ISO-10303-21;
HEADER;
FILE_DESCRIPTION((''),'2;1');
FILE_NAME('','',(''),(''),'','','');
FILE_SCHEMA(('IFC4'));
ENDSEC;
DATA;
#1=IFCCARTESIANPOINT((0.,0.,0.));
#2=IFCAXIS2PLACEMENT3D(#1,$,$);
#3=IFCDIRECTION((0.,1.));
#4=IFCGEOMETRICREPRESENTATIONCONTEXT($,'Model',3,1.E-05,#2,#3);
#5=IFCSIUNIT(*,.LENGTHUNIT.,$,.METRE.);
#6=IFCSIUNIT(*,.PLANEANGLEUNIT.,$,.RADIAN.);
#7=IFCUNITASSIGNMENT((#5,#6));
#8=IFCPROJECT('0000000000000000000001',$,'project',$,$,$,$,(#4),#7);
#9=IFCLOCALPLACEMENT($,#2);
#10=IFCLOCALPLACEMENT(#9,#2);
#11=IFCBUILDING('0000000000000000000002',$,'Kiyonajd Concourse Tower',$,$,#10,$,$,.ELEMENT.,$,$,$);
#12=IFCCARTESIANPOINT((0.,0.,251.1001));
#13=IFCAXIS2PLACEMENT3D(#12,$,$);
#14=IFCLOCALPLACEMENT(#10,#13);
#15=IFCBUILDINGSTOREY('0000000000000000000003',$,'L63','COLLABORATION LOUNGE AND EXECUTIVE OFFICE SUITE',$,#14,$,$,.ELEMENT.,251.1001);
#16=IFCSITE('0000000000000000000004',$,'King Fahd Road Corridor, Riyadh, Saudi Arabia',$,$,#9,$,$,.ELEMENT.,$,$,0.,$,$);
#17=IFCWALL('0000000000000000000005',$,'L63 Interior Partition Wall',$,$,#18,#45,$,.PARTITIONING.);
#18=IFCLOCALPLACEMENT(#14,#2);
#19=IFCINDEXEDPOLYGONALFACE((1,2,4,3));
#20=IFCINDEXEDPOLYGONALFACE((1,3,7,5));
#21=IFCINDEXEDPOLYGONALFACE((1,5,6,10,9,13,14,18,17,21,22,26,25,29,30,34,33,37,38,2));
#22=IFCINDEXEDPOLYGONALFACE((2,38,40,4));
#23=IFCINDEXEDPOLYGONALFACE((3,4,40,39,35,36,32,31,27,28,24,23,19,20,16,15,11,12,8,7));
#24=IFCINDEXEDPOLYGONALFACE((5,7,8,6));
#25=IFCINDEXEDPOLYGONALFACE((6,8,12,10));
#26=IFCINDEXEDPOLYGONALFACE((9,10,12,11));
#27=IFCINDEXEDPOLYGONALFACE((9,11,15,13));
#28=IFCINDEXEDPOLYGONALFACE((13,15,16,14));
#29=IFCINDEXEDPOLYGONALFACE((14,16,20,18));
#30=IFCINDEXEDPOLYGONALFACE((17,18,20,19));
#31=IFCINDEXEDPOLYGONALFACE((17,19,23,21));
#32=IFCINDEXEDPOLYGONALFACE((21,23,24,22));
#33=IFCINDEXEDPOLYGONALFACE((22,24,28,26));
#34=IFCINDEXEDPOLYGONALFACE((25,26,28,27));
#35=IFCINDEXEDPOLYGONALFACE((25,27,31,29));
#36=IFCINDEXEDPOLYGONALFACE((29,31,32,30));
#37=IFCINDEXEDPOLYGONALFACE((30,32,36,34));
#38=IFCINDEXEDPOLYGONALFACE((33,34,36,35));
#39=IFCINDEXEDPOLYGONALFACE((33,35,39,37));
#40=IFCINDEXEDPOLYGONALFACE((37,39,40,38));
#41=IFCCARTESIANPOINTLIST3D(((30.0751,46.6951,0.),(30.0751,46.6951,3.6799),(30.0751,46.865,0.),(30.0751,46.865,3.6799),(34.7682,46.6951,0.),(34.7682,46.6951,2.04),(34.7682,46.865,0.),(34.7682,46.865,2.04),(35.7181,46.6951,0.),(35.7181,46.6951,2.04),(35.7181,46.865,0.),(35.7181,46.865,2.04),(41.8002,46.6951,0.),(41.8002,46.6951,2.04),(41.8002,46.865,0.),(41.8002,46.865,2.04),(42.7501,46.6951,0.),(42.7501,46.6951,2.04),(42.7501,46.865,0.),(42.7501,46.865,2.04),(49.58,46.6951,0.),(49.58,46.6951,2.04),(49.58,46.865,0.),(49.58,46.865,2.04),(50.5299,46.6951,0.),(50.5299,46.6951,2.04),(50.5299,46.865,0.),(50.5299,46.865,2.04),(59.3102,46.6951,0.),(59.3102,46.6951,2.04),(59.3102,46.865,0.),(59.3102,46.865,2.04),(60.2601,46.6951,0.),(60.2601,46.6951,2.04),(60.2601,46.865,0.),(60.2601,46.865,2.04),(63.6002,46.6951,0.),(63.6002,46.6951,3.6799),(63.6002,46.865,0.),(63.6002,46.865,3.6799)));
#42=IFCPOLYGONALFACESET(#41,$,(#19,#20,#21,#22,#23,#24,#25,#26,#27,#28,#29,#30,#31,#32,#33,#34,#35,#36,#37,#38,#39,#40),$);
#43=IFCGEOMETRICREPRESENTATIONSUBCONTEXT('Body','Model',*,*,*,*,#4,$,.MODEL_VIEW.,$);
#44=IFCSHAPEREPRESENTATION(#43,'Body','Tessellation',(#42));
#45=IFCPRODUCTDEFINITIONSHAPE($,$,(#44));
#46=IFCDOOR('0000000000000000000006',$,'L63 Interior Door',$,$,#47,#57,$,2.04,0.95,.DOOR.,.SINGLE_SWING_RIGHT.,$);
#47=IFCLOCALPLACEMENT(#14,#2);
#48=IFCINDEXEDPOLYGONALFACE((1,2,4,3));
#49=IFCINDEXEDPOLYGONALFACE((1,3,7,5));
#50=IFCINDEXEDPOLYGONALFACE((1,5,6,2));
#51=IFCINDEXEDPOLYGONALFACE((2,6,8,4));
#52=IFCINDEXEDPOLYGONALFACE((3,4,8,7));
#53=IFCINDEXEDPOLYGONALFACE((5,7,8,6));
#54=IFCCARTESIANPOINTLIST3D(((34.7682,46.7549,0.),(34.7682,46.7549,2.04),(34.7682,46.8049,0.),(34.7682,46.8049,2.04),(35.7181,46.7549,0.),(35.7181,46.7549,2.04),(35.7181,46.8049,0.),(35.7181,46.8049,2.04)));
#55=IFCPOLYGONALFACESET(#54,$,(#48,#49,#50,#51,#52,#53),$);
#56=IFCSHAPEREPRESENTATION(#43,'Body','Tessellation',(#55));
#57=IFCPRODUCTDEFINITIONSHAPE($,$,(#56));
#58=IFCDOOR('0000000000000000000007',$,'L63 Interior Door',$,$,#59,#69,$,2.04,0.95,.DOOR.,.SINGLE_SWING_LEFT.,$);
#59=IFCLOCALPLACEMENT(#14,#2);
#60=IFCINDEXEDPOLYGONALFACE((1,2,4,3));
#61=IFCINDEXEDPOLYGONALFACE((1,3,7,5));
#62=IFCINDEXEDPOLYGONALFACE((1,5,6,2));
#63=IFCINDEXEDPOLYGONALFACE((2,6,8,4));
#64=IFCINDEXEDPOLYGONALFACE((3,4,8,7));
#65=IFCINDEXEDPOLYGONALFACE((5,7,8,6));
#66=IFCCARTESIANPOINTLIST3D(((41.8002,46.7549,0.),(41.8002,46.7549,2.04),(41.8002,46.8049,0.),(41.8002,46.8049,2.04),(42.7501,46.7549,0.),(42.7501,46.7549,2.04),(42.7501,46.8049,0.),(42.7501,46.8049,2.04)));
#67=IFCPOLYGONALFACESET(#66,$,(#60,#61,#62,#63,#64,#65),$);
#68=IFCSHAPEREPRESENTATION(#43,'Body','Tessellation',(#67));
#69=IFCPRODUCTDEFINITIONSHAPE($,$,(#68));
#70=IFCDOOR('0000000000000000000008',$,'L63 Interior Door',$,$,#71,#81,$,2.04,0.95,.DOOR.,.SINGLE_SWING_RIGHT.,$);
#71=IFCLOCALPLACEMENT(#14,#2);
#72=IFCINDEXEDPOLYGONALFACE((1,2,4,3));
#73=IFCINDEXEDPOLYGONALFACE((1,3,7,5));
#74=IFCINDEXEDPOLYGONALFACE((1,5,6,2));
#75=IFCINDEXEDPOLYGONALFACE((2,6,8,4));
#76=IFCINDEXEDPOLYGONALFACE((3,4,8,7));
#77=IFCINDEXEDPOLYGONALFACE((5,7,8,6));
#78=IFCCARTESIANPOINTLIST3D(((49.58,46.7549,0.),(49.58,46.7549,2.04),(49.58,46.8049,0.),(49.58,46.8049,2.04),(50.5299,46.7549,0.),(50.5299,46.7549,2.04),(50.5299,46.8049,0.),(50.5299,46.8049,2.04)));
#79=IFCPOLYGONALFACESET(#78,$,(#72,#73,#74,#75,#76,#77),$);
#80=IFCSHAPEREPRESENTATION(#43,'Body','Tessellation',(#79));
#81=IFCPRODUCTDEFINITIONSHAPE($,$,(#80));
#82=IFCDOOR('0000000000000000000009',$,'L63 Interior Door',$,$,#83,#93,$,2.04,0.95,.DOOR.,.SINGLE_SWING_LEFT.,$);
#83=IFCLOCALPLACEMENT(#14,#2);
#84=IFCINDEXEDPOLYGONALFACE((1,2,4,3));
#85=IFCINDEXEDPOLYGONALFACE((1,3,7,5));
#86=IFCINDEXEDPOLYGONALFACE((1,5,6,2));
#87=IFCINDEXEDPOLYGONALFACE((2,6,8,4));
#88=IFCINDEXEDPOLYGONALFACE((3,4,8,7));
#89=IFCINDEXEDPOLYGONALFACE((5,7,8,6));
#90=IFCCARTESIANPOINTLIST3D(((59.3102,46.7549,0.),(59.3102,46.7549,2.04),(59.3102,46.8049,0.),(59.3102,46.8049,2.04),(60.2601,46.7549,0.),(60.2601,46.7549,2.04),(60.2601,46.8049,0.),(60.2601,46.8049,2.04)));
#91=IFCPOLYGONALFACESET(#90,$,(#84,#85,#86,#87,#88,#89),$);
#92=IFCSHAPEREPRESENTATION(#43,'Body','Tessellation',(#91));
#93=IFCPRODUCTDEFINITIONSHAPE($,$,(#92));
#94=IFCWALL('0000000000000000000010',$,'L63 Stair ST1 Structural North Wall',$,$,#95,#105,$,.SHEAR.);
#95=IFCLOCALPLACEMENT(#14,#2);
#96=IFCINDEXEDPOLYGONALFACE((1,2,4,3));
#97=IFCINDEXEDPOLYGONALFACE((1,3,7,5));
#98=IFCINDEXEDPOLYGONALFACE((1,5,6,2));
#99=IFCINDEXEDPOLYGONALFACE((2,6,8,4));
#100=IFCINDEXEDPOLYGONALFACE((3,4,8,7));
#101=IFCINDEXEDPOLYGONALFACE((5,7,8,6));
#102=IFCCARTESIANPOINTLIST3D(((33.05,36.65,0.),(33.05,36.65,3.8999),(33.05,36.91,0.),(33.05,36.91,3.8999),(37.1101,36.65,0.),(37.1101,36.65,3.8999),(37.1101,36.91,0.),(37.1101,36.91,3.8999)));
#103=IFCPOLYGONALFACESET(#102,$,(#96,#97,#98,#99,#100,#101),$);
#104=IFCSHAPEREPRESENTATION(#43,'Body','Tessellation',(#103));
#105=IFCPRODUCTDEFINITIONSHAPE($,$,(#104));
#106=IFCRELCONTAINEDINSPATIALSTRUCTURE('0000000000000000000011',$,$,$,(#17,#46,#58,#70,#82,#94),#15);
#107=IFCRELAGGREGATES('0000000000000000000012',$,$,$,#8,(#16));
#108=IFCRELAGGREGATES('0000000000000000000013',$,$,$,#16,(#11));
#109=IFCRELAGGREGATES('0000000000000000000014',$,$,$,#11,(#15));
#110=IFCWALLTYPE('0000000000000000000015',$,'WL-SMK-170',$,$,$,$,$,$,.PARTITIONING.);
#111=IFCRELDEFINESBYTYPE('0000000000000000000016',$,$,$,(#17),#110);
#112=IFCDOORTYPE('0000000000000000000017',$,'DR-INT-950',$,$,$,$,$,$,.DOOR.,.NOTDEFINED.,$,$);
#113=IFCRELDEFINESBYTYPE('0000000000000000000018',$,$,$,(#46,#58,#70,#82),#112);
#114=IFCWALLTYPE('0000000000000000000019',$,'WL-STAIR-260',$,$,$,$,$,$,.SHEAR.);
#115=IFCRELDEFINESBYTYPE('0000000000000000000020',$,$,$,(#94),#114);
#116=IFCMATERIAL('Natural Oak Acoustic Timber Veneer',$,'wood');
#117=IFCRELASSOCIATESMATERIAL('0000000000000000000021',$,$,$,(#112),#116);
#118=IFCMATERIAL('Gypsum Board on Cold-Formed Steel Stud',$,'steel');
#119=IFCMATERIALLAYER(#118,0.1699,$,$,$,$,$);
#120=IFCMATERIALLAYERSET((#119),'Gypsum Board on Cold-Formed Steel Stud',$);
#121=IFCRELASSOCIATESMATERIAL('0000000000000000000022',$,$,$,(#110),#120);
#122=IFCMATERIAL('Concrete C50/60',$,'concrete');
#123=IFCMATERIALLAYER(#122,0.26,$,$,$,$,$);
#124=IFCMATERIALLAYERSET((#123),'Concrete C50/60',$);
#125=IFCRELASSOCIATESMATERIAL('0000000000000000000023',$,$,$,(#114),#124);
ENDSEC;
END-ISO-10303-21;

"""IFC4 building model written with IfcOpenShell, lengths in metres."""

from ifc_helpers import new_model, si_unit, direction, frame, frame_2d, origin, place, context, subcontext, project, spatial, rectangle, extrude, material, layer, layer_set, type_object, element, fill, save


model = new_model("IFC4")

# Units and contexts
model_context = context("Model", 3, precision=1e-05, world=origin(), true_north=direction((0.0, 1.0)))
body_context = subcontext(model_context, "Body", "Model", "MODEL_VIEW")
ifc_project = project(units=[si_unit("LENGTHUNIT", "METRE"), si_unit("PLANEANGLEUNIT", "RADIAN")], contexts=[model_context])

# Site, building, storey
site_placement = place(None, origin())
site = spatial("IfcSite", under=ifc_project, at=site_placement, Name="King Fahd Road Corridor, Riyadh, Saudi Arabia", CompositionType="ELEMENT", RefElevation=0.0)
building_placement = place(site_placement, origin())
building = spatial("IfcBuilding", under=site, at=building_placement, Name="Kiyonajd Concourse Tower", CompositionType="ELEMENT")
storey_placement = place(building_placement, frame((0.0, 0.0, 251.1001)))
storey = spatial("IfcBuildingStorey", under=building, at=storey_placement, Name="L63", Description="COLLABORATION LOUNGE AND EXECUTIVE OFFICE SUITE", CompositionType="ELEMENT", Elevation=251.1001)

# Shared definitions
ifc_material_1 = material(Name="Natural Oak Acoustic Timber Veneer", Category="wood")
door_type_1 = type_object("IfcDoorType", Name="DR-INT-950", OperationType="NOTDEFINED", PredefinedType="DOOR", material=ifc_material_1)

# Shared definitions
ifc_material_2 = material(Name="Gypsum Board on Cold-Formed Steel Stud", Category="steel")

# Shared definitions
ifc_layer_1 = layer(ifc_material_2, 0.1699)
ifc_layer_set_1 = layer_set([ifc_layer_1], Name="Gypsum Board on Cold-Formed Steel Stud")
wall_type_1 = type_object("IfcWallType", Name="WL-SMK-170", PredefinedType="PARTITIONING", material=ifc_layer_set_1)

# Wall, openings, doors
wall_1_placement = place(storey_placement, frame((30.075, 46.78, 0.0), z_axis=(0.0, 0.0, 1.0), x_axis=(1.0, 0.0, 0.0)))
wall_1 = element("IfcWall", 1, at=wall_1_placement, inside=storey, type_object=wall_type_1, Name="L63 Interior Partition Wall", PredefinedType="PARTITIONING", context=body_context, shape_type="SweptSolid", body=[
    extrude(rectangle(XDim=33.5251, YDim=0.1699, at=frame_2d((16.7627, 0.0))), origin(), (0.0, 0.0, 1.0), 3.6799),
])
opening_1_placement = place(wall_1_placement, frame((4.6931, 0.0, 0.0)))
opening_1 = element("IfcOpeningElement", 2, at=opening_1_placement, cuts=wall_1, PredefinedType="OPENING", context=body_context, shape_type="SweptSolid", body=[
    extrude(rectangle(XDim=0.95, YDim=2.04, at=frame_2d((0.4751, 1.02))), frame((0.0, 0.095, 0.0), z_axis=(0.0, -1.0, 0.0), x_axis=(1.0, 0.0, 0.0)), (0.0, 0.0, 1.0), 0.1899),
])
opening_2_placement = place(wall_1_placement, frame((11.7251, 0.0, 0.0)))
opening_2 = element("IfcOpeningElement", 3, at=opening_2_placement, cuts=wall_1, PredefinedType="OPENING", context=body_context, shape_type="SweptSolid", body=[
    extrude(rectangle(XDim=0.95, YDim=2.04, at=frame_2d((0.4751, 1.02))), frame((0.0, 0.095, 0.0), z_axis=(0.0, -1.0, 0.0), x_axis=(1.0, 0.0, 0.0)), (0.0, 0.0, 1.0), 0.1899),
])
opening_3_placement = place(wall_1_placement, frame((19.5049, 0.0, 0.0)))
opening_3 = element("IfcOpeningElement", 4, at=opening_3_placement, cuts=wall_1, PredefinedType="OPENING", context=body_context, shape_type="SweptSolid", body=[
    extrude(rectangle(XDim=0.95, YDim=2.04, at=frame_2d((0.4751, 1.02))), frame((0.0, 0.095, 0.0), z_axis=(0.0, -1.0, 0.0), x_axis=(1.0, 0.0, 0.0)), (0.0, 0.0, 1.0), 0.1899),
])
opening_4_placement = place(wall_1_placement, frame((29.2351, 0.0, 0.0)))
opening_4 = element("IfcOpeningElement", 5, at=opening_4_placement, cuts=wall_1, PredefinedType="OPENING", context=body_context, shape_type="SweptSolid", body=[
    extrude(rectangle(XDim=0.95, YDim=2.04, at=frame_2d((0.4751, 1.02))), frame((0.0, 0.095, 0.0), z_axis=(0.0, -1.0, 0.0), x_axis=(1.0, 0.0, 0.0)), (0.0, 0.0, 1.0), 0.1899),
])
door_1_placement = place(opening_1_placement, origin())
door_1 = element("IfcDoor", 6, at=door_1_placement, inside=storey, type_object=door_type_1, Name="L63 Interior Door", OperationType="SINGLE_SWING_RIGHT", OverallHeight=2.04, OverallWidth=0.95, PredefinedType="DOOR", context=body_context, shape_type="SweptSolid", body=[
    extrude(rectangle(XDim=0.95, YDim=2.04, at=frame_2d((0.4751, 1.02))), frame((0.0, 0.0249, 0.0), z_axis=(0.0, -1.0, 0.0), x_axis=(1.0, 0.0, 0.0)), (0.0, 0.0, 1.0), 0.05),
])
fill(opening_1, door_1)
door_2_placement = place(opening_2_placement, origin())
door_2 = element("IfcDoor", 7, at=door_2_placement, inside=storey, type_object=door_type_1, Name="L63 Interior Door", OperationType="SINGLE_SWING_LEFT", OverallHeight=2.04, OverallWidth=0.95, PredefinedType="DOOR", context=body_context, shape_type="SweptSolid", body=[
    extrude(rectangle(XDim=0.95, YDim=2.04, at=frame_2d((0.4751, 1.02))), frame((0.0, 0.0249, 0.0), z_axis=(0.0, -1.0, 0.0), x_axis=(1.0, 0.0, 0.0)), (0.0, 0.0, 1.0), 0.05),
])
fill(opening_2, door_2)
door_3_placement = place(opening_3_placement, origin())
door_3 = element("IfcDoor", 8, at=door_3_placement, inside=storey, type_object=door_type_1, Name="L63 Interior Door", OperationType="SINGLE_SWING_RIGHT", OverallHeight=2.04, OverallWidth=0.95, PredefinedType="DOOR", context=body_context, shape_type="SweptSolid", body=[
    extrude(rectangle(XDim=0.95, YDim=2.04, at=frame_2d((0.4751, 1.02))), frame((0.0, 0.0249, 0.0), z_axis=(0.0, -1.0, 0.0), x_axis=(1.0, 0.0, 0.0)), (0.0, 0.0, 1.0), 0.05),
])
fill(opening_3, door_3)
door_4_placement = place(opening_4_placement, origin())
door_4 = element("IfcDoor", 9, at=door_4_placement, inside=storey, type_object=door_type_1, Name="L63 Interior Door", OperationType="SINGLE_SWING_LEFT", OverallHeight=2.04, OverallWidth=0.95, PredefinedType="DOOR", context=body_context, shape_type="SweptSolid", body=[
    extrude(rectangle(XDim=0.95, YDim=2.04, at=frame_2d((0.4751, 1.02))), frame((0.0, 0.0249, 0.0), z_axis=(0.0, -1.0, 0.0), x_axis=(1.0, 0.0, 0.0)), (0.0, 0.0, 1.0), 0.05),
])
fill(opening_4, door_4)

# Wall
ifc_material_3 = material(Name="Concrete C50/60", Category="concrete")
ifc_layer_2 = layer(ifc_material_3, 0.26)
ifc_layer_set_2 = layer_set([ifc_layer_2], Name="Concrete C50/60")
wall_type_2 = type_object("IfcWallType", Name="WL-STAIR-260", PredefinedType="SHEAR", material=ifc_layer_set_2)
wall_2_placement = place(storey_placement, frame((33.05, 36.78, 0.0), z_axis=(0.0, 0.0, 1.0), x_axis=(1.0, 0.0, 0.0)))
element("IfcWall", 10, at=wall_2_placement, inside=storey, type_object=wall_type_2, Name="L63 Stair ST1 Structural North Wall", PredefinedType="SHEAR", context=body_context, shape_type="SweptSolid", body=[
    extrude(rectangle(XDim=4.0601, YDim=0.26, at=frame_2d((2.03, 0.0))), origin(), (0.0, 0.0, 1.0), 3.8999),
])

save(model, "model.ifc")
